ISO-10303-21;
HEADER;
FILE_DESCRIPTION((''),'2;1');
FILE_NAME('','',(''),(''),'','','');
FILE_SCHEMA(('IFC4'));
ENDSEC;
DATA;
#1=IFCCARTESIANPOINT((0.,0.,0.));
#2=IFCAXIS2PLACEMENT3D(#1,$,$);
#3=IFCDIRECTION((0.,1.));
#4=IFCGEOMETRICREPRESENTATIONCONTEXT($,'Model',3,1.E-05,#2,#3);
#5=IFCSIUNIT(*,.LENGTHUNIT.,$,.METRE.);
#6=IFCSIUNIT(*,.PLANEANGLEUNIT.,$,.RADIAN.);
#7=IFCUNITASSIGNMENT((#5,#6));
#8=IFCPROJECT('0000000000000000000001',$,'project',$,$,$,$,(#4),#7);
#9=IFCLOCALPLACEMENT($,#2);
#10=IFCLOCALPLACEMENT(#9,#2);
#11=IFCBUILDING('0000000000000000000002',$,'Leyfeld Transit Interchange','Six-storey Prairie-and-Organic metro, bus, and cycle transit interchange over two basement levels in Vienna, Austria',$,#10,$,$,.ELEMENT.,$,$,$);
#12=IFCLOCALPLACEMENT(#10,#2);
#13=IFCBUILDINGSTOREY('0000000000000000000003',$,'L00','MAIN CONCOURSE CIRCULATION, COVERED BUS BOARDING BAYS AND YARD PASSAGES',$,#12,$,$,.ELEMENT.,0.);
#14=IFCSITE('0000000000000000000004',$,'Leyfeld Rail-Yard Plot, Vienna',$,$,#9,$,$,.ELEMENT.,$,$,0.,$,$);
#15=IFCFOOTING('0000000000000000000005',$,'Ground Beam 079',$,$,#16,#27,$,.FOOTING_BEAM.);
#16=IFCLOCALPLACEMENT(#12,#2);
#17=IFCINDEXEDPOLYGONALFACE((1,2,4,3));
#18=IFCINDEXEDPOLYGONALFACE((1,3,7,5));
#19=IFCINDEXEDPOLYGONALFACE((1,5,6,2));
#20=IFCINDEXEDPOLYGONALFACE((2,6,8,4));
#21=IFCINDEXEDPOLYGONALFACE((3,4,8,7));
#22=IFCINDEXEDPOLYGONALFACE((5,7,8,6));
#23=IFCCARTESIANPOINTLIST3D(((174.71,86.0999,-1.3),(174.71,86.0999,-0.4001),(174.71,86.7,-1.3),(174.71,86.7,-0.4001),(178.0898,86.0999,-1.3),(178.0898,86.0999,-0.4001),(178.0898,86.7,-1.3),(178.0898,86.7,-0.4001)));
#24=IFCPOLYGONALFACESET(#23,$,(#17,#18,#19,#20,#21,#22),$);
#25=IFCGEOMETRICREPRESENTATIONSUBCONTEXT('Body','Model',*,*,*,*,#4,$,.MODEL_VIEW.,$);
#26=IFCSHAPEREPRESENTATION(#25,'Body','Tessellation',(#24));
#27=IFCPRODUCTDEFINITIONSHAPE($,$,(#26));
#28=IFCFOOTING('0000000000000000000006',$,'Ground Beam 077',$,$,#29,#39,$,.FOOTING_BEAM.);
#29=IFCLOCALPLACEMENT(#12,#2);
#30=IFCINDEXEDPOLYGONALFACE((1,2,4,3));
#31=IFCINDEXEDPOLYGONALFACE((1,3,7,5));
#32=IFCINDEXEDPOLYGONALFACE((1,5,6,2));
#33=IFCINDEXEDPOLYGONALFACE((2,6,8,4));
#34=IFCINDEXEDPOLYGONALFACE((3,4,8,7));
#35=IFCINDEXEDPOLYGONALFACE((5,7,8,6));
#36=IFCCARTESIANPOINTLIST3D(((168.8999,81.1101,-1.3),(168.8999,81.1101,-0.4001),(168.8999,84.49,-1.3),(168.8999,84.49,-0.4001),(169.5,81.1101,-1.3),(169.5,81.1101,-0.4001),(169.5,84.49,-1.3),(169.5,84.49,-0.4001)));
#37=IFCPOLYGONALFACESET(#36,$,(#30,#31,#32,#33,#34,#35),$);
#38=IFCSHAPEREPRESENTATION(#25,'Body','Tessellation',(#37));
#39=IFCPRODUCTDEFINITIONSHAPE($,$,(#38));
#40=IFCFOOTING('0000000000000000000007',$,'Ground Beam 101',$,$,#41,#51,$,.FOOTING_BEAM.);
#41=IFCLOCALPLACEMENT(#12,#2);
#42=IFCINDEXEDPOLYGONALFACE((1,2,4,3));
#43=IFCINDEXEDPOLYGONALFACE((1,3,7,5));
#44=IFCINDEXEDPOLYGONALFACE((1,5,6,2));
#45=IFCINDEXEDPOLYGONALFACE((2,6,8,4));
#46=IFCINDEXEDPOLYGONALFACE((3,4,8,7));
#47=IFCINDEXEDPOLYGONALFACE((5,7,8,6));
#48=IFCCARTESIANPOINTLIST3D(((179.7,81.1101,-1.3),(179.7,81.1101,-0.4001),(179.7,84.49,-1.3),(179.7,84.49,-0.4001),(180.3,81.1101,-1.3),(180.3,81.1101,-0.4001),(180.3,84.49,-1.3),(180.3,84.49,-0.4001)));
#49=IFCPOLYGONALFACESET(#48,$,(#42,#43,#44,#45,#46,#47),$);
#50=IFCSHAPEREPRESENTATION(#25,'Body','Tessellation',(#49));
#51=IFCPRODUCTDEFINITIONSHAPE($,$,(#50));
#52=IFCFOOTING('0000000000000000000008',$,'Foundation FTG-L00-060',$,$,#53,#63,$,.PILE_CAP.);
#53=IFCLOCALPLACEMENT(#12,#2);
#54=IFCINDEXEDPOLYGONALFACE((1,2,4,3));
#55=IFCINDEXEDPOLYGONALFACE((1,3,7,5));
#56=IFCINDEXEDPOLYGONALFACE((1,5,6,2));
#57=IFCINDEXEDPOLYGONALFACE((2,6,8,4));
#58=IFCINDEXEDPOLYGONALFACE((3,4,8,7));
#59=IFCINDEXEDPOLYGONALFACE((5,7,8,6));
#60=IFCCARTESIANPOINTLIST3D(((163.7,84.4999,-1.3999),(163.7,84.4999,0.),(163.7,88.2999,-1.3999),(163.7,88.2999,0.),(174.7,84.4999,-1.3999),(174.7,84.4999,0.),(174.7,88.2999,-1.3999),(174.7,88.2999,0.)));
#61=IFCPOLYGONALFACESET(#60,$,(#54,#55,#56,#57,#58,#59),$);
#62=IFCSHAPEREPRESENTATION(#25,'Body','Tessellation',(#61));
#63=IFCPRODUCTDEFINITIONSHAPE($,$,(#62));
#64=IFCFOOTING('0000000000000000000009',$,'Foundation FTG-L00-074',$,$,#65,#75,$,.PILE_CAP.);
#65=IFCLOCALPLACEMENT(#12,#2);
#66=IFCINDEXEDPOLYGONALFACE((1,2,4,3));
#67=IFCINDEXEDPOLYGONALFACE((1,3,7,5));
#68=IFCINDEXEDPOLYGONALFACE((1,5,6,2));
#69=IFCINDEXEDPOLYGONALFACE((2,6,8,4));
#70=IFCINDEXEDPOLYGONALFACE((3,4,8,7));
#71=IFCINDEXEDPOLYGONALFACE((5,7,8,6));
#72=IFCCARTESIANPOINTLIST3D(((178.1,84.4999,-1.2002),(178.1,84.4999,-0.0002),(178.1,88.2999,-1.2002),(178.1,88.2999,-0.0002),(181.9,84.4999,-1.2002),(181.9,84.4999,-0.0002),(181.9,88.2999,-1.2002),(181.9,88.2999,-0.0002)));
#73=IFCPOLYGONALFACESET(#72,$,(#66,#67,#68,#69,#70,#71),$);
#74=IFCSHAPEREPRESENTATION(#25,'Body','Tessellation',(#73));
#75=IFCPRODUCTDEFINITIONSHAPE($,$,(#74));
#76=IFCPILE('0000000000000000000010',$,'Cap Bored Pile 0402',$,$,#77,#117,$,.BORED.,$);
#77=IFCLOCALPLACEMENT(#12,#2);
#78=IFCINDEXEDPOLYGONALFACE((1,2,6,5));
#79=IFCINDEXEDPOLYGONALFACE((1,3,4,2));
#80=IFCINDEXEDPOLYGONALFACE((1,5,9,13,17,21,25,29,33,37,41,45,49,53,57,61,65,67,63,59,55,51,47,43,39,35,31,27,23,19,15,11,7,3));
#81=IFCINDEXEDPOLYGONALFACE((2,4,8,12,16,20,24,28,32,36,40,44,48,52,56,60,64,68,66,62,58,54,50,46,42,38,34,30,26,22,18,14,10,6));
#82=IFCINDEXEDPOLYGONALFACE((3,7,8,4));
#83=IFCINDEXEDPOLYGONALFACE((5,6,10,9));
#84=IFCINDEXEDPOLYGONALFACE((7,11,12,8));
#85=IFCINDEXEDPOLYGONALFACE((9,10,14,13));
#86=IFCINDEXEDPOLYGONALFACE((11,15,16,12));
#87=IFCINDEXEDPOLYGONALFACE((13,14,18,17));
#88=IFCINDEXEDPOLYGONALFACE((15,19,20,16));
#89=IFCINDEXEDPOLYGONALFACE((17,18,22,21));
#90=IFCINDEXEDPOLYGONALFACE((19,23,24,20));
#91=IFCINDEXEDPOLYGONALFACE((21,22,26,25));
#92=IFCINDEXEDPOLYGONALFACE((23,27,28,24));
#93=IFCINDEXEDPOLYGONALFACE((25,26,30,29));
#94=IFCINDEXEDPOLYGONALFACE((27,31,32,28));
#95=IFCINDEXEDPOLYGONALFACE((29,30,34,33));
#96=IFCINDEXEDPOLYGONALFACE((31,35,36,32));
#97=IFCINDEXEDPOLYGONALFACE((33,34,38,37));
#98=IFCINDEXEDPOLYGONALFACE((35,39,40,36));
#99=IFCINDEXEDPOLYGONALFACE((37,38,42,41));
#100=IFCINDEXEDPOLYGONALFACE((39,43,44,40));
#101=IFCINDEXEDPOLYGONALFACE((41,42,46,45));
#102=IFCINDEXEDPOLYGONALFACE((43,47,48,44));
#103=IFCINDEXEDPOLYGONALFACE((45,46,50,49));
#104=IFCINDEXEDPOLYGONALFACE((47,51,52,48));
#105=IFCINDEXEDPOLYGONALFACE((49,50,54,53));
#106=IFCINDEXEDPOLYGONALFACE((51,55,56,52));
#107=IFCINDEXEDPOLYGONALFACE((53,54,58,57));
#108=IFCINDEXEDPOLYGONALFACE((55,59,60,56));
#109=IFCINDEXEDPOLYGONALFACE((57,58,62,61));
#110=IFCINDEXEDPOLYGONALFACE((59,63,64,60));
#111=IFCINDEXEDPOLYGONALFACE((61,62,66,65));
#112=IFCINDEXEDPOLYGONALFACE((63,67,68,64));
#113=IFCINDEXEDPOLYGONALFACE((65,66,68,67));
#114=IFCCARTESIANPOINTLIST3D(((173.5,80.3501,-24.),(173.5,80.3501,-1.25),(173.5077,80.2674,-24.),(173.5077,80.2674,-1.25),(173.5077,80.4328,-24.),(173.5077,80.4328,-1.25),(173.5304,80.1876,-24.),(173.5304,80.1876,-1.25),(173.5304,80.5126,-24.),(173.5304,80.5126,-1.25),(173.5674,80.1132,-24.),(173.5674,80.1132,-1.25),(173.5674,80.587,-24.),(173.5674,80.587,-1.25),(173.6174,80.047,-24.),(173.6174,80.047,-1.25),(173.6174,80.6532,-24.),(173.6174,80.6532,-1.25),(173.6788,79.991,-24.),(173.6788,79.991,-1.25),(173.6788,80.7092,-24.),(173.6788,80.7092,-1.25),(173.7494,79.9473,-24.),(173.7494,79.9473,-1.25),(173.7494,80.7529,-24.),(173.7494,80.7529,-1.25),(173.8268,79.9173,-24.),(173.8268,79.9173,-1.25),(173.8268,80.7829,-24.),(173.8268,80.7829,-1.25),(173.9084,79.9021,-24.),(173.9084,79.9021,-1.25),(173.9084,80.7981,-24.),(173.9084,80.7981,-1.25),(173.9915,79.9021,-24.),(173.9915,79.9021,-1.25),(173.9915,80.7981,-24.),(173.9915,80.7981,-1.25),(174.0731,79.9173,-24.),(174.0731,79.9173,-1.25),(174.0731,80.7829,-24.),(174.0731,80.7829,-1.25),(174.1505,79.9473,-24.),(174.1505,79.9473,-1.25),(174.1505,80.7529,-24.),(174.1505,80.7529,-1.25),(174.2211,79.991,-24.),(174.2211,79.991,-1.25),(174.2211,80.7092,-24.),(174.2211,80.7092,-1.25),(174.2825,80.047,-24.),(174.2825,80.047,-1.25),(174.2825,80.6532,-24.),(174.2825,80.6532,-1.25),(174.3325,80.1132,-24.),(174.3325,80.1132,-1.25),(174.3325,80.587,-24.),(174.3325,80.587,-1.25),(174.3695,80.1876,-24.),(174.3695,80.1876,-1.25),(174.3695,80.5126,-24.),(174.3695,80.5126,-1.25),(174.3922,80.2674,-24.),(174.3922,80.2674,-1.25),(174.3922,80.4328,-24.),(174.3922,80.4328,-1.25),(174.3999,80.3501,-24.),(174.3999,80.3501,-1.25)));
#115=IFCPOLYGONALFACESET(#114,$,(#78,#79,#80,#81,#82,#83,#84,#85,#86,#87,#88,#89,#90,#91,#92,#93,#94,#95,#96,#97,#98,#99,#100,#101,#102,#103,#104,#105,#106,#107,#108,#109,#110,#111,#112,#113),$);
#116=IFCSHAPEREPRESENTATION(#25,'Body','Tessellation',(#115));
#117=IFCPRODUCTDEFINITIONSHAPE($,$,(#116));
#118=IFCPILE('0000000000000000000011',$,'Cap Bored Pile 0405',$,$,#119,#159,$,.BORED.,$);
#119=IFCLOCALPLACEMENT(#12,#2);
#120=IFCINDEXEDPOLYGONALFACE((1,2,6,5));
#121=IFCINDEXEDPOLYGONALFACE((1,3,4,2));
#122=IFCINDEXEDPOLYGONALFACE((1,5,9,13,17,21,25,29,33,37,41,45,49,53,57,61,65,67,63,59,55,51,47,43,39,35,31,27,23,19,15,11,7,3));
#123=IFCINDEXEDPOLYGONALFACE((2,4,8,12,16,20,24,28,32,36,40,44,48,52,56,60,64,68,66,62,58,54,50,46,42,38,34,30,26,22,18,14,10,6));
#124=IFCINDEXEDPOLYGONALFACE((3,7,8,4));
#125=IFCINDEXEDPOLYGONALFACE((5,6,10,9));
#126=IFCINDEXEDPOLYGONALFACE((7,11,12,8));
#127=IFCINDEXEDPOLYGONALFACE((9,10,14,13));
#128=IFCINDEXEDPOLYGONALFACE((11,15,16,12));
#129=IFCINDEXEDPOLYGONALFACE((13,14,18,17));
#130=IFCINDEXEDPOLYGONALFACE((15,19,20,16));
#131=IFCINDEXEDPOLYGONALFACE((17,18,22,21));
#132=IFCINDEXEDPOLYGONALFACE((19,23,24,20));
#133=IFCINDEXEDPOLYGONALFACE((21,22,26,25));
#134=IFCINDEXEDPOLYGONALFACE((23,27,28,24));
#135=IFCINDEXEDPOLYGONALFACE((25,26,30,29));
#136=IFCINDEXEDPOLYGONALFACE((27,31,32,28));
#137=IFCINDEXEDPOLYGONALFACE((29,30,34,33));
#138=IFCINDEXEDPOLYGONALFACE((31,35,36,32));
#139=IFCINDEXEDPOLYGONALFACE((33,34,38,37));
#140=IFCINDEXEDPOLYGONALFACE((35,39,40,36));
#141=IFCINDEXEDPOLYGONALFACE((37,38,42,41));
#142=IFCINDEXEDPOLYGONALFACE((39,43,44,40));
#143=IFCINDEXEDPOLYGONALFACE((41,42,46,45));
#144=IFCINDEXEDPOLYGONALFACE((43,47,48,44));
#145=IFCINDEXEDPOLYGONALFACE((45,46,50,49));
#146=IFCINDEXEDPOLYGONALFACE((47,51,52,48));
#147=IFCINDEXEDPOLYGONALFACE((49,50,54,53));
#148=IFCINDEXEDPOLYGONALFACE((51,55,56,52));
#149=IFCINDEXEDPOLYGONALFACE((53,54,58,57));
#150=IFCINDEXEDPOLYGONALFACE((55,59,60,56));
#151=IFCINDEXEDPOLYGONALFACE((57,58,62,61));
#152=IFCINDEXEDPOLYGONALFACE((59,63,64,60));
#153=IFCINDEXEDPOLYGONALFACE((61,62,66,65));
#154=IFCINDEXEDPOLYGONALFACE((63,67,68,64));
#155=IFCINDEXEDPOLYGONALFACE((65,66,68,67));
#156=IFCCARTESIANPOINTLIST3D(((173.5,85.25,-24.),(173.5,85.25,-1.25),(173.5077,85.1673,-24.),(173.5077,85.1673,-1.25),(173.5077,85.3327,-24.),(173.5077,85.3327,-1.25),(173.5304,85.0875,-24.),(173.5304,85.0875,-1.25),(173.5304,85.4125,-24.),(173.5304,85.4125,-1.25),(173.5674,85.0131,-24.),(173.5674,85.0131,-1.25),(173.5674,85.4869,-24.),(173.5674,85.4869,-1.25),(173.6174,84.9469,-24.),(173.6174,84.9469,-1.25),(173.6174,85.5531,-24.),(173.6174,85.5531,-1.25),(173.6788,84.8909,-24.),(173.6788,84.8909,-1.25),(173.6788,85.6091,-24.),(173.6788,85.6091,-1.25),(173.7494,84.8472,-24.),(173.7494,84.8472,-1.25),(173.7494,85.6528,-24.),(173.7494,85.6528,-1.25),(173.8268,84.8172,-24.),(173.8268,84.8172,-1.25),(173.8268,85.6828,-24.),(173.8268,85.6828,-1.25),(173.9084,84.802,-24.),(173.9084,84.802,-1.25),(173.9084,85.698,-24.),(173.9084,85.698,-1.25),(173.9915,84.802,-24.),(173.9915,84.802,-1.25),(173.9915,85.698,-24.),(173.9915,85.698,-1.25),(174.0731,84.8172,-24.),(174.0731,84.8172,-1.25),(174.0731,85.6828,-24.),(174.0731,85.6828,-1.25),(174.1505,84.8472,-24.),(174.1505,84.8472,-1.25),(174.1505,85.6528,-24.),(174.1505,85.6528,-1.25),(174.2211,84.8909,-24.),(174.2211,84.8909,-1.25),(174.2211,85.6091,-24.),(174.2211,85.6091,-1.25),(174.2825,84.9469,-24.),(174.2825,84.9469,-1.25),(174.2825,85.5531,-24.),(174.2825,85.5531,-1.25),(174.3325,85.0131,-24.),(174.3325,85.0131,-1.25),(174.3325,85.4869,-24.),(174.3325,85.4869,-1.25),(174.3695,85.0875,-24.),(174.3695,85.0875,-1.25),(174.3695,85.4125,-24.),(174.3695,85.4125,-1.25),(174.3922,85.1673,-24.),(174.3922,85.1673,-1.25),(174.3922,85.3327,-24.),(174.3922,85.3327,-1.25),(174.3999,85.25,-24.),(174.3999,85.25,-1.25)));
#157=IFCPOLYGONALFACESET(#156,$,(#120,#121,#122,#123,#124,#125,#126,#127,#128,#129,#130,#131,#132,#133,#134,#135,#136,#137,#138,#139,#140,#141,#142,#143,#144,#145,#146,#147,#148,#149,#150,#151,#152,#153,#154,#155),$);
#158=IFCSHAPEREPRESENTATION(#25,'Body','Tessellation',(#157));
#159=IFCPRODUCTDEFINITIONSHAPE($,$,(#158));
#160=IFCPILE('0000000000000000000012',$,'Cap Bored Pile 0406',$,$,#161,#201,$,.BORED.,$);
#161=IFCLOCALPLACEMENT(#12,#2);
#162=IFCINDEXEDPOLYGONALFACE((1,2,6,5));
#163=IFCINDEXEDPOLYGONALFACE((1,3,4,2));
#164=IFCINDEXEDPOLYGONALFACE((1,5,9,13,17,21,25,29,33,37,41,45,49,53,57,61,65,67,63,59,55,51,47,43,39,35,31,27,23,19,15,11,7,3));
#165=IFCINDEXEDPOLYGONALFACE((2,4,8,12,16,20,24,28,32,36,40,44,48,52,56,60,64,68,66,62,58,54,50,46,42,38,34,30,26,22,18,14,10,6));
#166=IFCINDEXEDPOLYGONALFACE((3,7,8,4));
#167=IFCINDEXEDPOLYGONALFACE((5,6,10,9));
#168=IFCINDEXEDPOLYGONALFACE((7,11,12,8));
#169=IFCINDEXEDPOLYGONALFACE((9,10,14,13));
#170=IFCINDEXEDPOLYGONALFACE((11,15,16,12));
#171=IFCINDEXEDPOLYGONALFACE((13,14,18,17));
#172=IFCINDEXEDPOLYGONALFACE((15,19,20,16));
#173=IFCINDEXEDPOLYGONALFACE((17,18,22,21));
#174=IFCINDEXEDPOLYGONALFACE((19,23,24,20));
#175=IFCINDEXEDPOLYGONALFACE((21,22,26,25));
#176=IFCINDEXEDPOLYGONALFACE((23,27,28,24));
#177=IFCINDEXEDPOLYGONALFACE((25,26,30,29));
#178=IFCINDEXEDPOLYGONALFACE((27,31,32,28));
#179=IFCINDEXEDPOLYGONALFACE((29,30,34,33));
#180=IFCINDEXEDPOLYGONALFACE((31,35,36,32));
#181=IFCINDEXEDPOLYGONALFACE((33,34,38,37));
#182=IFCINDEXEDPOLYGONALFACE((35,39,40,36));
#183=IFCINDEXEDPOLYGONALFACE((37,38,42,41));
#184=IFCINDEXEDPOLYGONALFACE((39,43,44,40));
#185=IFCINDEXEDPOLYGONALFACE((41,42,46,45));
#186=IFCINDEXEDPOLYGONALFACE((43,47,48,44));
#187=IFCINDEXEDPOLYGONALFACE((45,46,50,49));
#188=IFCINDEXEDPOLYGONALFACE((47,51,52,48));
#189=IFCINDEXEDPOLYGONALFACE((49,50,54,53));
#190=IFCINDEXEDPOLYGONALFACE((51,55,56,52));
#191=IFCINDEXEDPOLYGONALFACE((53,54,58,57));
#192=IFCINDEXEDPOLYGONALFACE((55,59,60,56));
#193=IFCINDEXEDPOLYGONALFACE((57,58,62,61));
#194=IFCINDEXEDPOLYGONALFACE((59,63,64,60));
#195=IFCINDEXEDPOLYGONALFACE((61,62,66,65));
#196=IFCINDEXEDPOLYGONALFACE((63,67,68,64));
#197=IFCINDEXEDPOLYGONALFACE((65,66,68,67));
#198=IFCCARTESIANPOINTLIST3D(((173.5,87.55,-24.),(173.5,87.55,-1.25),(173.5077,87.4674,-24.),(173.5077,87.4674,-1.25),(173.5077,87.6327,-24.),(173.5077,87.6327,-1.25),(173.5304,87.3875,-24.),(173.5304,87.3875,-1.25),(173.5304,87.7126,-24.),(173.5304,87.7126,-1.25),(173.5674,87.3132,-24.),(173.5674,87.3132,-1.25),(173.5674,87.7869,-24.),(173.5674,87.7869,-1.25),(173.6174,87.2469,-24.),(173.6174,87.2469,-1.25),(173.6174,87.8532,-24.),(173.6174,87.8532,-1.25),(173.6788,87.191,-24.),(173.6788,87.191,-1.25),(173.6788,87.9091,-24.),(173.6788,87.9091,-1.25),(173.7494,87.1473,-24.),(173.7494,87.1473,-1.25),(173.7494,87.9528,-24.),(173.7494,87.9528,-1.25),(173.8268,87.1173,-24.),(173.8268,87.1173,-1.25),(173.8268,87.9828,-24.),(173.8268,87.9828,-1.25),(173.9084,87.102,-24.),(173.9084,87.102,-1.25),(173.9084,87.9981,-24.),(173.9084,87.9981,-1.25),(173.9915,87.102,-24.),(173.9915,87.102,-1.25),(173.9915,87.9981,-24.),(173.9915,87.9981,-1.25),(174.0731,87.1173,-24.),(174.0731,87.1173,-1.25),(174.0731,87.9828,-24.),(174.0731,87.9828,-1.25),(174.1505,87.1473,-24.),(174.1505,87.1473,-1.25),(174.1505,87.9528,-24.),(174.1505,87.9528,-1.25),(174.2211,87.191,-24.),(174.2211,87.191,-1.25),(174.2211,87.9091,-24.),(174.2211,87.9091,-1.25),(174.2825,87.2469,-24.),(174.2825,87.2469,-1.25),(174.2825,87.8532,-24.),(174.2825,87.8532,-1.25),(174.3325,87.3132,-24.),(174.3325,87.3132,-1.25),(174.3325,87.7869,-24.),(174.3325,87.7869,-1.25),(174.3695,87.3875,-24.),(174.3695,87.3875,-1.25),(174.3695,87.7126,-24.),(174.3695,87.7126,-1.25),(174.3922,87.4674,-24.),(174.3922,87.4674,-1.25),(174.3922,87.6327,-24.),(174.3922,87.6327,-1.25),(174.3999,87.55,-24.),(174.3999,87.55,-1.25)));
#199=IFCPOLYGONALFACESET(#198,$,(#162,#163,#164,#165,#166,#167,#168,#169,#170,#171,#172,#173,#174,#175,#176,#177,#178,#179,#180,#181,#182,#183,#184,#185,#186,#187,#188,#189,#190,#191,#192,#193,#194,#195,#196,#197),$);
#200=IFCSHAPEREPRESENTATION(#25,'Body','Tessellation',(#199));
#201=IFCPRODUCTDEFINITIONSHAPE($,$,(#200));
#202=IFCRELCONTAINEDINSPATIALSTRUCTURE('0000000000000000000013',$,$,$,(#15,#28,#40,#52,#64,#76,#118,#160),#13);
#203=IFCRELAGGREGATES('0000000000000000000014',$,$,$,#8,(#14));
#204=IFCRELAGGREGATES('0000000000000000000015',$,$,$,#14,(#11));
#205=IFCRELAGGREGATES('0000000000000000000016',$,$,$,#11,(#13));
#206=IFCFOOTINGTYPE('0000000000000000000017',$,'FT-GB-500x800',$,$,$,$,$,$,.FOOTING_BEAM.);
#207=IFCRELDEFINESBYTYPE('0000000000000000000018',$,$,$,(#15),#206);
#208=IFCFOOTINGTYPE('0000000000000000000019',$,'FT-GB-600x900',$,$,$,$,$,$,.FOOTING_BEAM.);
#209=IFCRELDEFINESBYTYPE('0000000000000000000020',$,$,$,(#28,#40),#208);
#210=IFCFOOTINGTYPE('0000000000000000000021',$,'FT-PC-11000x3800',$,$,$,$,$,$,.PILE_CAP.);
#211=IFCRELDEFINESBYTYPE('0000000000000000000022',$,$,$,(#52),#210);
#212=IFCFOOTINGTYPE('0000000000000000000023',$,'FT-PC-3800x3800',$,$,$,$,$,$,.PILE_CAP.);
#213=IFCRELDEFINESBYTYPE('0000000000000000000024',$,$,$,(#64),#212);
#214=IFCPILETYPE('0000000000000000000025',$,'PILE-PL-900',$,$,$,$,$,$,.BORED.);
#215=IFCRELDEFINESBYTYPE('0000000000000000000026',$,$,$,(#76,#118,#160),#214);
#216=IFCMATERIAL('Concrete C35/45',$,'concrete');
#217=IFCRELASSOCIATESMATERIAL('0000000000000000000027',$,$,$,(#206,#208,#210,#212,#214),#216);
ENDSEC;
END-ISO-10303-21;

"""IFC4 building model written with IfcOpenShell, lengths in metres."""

from ifc_helpers import new_model, si_unit, direction, frame, origin, origin_2d, place, context, subcontext, project, spatial, rectangle, circle, extrude, material, material_profile, profile_set, type_object, element, save


model = new_model("IFC4")

# Units and contexts
model_context = context("Model", 3, precision=1e-05, world=origin(), true_north=direction((0.0, 1.0)))
body_context = subcontext(model_context, "Body", "Model", "MODEL_VIEW")
ifc_project = project(units=[si_unit("LENGTHUNIT", "METRE"), si_unit("PLANEANGLEUNIT", "RADIAN")], contexts=[model_context])

# Site, building, storey
site_placement = place(None, origin())
site = spatial("IfcSite", under=ifc_project, at=site_placement, Name="Leyfeld Rail-Yard Plot, Vienna", CompositionType="ELEMENT", RefElevation=0.0)
building_placement = place(site_placement, origin())
building = spatial("IfcBuilding", under=site, at=building_placement, Name="Leyfeld Transit Interchange", Description="Six-storey Prairie-and-Organic metro, bus, and cycle transit interchange over two basement levels in Vienna, Austria", CompositionType="ELEMENT")
storey_placement = place(building_placement, origin())
storey = spatial("IfcBuildingStorey", under=building, at=storey_placement, Name="L00", Description="MAIN CONCOURSE CIRCULATION, COVERED BUS BOARDING BAYS AND YARD PASSAGES", CompositionType="ELEMENT", Elevation=0.0)

# Footings
ifc_material_1 = material(Name="Concrete C35/45", Category="concrete")
footing_type_1 = type_object("IfcFootingType", Name="FT-GB-500x800", PredefinedType="FOOTING_BEAM", material=ifc_material_1)
footing_1_placement = place(storey_placement, frame((176.3999, 86.3999, -1.3), z_axis=(0.0, 0.0, 1.0), x_axis=(1.0, 0.0, 0.0)))
element("IfcFooting", 1, at=footing_1_placement, inside=storey, type_object=footing_type_1, Name="Ground Beam 079", PredefinedType="FOOTING_BEAM", context=body_context, shape_type="SweptSolid", body=[
    extrude(rectangle(XDim=3.3799, YDim=0.6001, at=origin_2d()), origin(), (0.0, 0.0, 1.0), 0.8999),
])
footing_type_2 = type_object("IfcFootingType", Name="FT-GB-600x900", PredefinedType="FOOTING_BEAM", material=ifc_material_1)
for number, where, z_axis, x_axis, name in (
    (2, (169.2, 82.8, -1.3), (0.0, 0.0, 1.0), (1.0, 0.0, 0.0), "Ground Beam 077"),
    (3, (180.0, 82.8, -1.3), (0.0, 0.0, 1.0), (1.0, 0.0, 0.0), "Ground Beam 101"),
):
    element("IfcFooting", number, at=place(storey_placement, frame(where, z_axis=z_axis, x_axis=x_axis)), inside=storey, type_object=footing_type_2, Name=name, PredefinedType="FOOTING_BEAM", context=body_context, shape_type="SweptSolid", body=[
        extrude(rectangle(XDim=0.6001, YDim=3.3799, at=origin_2d()), origin(), (0.0, 0.0, 1.0), 0.8999),
    ])
footing_type_3 = type_object("IfcFootingType", Name="FT-PC-11000x3800", PredefinedType="PILE_CAP", material=ifc_material_1)
footing_2_placement = place(storey_placement, frame((169.2, 86.3999, -1.3999), z_axis=(0.0, 0.0, 1.0), x_axis=(1.0, 0.0, 0.0)))
element("IfcFooting", 4, at=footing_2_placement, inside=storey, type_object=footing_type_3, Name="Foundation FTG-L00-060", PredefinedType="PILE_CAP", context=body_context, shape_type="SweptSolid", body=[
    extrude(rectangle(XDim=11.0, YDim=3.8, at=origin_2d()), origin(), (0.0, 0.0, 1.0), 1.3999),
])
footing_type_4 = type_object("IfcFootingType", Name="FT-PC-3800x3800", PredefinedType="PILE_CAP", material=ifc_material_1)
footing_3_placement = place(storey_placement, frame((180.0, 86.3999, -1.2002), z_axis=(0.0, 0.0, 1.0), x_axis=(1.0, 0.0, 0.0)))
element("IfcFooting", 5, at=footing_3_placement, inside=storey, type_object=footing_type_4, Name="Foundation FTG-L00-074", PredefinedType="PILE_CAP", context=body_context, shape_type="SweptSolid", body=[
    extrude(rectangle(XDim=3.8, YDim=3.8, at=origin_2d()), origin(), (0.0, 0.0, 1.0), 1.2),
])

# Piles
ifc_material_profile_1 = material_profile(ifc_material_1, circle(Radius=0.45, at=origin_2d()), Name="PILE D900")
ifc_profile_set_1 = profile_set([ifc_material_profile_1], Name="Concrete C35/45")
pile_type = type_object("IfcPileType", Name="PILE-PL-900", PredefinedType="BORED", material=ifc_profile_set_1)
for number, where, z_axis, x_axis, name in (
    (6, (173.95, 80.3501, -1.25), (0.0, 0.0, -1.0), (1.0, 0.0, 0.0), "Cap Bored Pile 0402"),
    (7, (173.95, 85.25, -1.25), (0.0, 0.0, -1.0), (1.0, 0.0, 0.0), "Cap Bored Pile 0405"),
    (8, (173.95, 87.55, -1.25), (0.0, 0.0, -1.0), (1.0, 0.0, 0.0), "Cap Bored Pile 0406"),
):
    element("IfcPile", number, at=place(storey_placement, frame(where, z_axis=z_axis, x_axis=x_axis)), inside=storey, type_object=pile_type, Name=name, PredefinedType="BORED", context=body_context, shape_type="SweptSolid", body=[
        extrude(circle(Radius=0.45, at=origin_2d()), origin(), (0.0, 0.0, 1.0), 22.75),
    ])

save(model, "model.ifc")
